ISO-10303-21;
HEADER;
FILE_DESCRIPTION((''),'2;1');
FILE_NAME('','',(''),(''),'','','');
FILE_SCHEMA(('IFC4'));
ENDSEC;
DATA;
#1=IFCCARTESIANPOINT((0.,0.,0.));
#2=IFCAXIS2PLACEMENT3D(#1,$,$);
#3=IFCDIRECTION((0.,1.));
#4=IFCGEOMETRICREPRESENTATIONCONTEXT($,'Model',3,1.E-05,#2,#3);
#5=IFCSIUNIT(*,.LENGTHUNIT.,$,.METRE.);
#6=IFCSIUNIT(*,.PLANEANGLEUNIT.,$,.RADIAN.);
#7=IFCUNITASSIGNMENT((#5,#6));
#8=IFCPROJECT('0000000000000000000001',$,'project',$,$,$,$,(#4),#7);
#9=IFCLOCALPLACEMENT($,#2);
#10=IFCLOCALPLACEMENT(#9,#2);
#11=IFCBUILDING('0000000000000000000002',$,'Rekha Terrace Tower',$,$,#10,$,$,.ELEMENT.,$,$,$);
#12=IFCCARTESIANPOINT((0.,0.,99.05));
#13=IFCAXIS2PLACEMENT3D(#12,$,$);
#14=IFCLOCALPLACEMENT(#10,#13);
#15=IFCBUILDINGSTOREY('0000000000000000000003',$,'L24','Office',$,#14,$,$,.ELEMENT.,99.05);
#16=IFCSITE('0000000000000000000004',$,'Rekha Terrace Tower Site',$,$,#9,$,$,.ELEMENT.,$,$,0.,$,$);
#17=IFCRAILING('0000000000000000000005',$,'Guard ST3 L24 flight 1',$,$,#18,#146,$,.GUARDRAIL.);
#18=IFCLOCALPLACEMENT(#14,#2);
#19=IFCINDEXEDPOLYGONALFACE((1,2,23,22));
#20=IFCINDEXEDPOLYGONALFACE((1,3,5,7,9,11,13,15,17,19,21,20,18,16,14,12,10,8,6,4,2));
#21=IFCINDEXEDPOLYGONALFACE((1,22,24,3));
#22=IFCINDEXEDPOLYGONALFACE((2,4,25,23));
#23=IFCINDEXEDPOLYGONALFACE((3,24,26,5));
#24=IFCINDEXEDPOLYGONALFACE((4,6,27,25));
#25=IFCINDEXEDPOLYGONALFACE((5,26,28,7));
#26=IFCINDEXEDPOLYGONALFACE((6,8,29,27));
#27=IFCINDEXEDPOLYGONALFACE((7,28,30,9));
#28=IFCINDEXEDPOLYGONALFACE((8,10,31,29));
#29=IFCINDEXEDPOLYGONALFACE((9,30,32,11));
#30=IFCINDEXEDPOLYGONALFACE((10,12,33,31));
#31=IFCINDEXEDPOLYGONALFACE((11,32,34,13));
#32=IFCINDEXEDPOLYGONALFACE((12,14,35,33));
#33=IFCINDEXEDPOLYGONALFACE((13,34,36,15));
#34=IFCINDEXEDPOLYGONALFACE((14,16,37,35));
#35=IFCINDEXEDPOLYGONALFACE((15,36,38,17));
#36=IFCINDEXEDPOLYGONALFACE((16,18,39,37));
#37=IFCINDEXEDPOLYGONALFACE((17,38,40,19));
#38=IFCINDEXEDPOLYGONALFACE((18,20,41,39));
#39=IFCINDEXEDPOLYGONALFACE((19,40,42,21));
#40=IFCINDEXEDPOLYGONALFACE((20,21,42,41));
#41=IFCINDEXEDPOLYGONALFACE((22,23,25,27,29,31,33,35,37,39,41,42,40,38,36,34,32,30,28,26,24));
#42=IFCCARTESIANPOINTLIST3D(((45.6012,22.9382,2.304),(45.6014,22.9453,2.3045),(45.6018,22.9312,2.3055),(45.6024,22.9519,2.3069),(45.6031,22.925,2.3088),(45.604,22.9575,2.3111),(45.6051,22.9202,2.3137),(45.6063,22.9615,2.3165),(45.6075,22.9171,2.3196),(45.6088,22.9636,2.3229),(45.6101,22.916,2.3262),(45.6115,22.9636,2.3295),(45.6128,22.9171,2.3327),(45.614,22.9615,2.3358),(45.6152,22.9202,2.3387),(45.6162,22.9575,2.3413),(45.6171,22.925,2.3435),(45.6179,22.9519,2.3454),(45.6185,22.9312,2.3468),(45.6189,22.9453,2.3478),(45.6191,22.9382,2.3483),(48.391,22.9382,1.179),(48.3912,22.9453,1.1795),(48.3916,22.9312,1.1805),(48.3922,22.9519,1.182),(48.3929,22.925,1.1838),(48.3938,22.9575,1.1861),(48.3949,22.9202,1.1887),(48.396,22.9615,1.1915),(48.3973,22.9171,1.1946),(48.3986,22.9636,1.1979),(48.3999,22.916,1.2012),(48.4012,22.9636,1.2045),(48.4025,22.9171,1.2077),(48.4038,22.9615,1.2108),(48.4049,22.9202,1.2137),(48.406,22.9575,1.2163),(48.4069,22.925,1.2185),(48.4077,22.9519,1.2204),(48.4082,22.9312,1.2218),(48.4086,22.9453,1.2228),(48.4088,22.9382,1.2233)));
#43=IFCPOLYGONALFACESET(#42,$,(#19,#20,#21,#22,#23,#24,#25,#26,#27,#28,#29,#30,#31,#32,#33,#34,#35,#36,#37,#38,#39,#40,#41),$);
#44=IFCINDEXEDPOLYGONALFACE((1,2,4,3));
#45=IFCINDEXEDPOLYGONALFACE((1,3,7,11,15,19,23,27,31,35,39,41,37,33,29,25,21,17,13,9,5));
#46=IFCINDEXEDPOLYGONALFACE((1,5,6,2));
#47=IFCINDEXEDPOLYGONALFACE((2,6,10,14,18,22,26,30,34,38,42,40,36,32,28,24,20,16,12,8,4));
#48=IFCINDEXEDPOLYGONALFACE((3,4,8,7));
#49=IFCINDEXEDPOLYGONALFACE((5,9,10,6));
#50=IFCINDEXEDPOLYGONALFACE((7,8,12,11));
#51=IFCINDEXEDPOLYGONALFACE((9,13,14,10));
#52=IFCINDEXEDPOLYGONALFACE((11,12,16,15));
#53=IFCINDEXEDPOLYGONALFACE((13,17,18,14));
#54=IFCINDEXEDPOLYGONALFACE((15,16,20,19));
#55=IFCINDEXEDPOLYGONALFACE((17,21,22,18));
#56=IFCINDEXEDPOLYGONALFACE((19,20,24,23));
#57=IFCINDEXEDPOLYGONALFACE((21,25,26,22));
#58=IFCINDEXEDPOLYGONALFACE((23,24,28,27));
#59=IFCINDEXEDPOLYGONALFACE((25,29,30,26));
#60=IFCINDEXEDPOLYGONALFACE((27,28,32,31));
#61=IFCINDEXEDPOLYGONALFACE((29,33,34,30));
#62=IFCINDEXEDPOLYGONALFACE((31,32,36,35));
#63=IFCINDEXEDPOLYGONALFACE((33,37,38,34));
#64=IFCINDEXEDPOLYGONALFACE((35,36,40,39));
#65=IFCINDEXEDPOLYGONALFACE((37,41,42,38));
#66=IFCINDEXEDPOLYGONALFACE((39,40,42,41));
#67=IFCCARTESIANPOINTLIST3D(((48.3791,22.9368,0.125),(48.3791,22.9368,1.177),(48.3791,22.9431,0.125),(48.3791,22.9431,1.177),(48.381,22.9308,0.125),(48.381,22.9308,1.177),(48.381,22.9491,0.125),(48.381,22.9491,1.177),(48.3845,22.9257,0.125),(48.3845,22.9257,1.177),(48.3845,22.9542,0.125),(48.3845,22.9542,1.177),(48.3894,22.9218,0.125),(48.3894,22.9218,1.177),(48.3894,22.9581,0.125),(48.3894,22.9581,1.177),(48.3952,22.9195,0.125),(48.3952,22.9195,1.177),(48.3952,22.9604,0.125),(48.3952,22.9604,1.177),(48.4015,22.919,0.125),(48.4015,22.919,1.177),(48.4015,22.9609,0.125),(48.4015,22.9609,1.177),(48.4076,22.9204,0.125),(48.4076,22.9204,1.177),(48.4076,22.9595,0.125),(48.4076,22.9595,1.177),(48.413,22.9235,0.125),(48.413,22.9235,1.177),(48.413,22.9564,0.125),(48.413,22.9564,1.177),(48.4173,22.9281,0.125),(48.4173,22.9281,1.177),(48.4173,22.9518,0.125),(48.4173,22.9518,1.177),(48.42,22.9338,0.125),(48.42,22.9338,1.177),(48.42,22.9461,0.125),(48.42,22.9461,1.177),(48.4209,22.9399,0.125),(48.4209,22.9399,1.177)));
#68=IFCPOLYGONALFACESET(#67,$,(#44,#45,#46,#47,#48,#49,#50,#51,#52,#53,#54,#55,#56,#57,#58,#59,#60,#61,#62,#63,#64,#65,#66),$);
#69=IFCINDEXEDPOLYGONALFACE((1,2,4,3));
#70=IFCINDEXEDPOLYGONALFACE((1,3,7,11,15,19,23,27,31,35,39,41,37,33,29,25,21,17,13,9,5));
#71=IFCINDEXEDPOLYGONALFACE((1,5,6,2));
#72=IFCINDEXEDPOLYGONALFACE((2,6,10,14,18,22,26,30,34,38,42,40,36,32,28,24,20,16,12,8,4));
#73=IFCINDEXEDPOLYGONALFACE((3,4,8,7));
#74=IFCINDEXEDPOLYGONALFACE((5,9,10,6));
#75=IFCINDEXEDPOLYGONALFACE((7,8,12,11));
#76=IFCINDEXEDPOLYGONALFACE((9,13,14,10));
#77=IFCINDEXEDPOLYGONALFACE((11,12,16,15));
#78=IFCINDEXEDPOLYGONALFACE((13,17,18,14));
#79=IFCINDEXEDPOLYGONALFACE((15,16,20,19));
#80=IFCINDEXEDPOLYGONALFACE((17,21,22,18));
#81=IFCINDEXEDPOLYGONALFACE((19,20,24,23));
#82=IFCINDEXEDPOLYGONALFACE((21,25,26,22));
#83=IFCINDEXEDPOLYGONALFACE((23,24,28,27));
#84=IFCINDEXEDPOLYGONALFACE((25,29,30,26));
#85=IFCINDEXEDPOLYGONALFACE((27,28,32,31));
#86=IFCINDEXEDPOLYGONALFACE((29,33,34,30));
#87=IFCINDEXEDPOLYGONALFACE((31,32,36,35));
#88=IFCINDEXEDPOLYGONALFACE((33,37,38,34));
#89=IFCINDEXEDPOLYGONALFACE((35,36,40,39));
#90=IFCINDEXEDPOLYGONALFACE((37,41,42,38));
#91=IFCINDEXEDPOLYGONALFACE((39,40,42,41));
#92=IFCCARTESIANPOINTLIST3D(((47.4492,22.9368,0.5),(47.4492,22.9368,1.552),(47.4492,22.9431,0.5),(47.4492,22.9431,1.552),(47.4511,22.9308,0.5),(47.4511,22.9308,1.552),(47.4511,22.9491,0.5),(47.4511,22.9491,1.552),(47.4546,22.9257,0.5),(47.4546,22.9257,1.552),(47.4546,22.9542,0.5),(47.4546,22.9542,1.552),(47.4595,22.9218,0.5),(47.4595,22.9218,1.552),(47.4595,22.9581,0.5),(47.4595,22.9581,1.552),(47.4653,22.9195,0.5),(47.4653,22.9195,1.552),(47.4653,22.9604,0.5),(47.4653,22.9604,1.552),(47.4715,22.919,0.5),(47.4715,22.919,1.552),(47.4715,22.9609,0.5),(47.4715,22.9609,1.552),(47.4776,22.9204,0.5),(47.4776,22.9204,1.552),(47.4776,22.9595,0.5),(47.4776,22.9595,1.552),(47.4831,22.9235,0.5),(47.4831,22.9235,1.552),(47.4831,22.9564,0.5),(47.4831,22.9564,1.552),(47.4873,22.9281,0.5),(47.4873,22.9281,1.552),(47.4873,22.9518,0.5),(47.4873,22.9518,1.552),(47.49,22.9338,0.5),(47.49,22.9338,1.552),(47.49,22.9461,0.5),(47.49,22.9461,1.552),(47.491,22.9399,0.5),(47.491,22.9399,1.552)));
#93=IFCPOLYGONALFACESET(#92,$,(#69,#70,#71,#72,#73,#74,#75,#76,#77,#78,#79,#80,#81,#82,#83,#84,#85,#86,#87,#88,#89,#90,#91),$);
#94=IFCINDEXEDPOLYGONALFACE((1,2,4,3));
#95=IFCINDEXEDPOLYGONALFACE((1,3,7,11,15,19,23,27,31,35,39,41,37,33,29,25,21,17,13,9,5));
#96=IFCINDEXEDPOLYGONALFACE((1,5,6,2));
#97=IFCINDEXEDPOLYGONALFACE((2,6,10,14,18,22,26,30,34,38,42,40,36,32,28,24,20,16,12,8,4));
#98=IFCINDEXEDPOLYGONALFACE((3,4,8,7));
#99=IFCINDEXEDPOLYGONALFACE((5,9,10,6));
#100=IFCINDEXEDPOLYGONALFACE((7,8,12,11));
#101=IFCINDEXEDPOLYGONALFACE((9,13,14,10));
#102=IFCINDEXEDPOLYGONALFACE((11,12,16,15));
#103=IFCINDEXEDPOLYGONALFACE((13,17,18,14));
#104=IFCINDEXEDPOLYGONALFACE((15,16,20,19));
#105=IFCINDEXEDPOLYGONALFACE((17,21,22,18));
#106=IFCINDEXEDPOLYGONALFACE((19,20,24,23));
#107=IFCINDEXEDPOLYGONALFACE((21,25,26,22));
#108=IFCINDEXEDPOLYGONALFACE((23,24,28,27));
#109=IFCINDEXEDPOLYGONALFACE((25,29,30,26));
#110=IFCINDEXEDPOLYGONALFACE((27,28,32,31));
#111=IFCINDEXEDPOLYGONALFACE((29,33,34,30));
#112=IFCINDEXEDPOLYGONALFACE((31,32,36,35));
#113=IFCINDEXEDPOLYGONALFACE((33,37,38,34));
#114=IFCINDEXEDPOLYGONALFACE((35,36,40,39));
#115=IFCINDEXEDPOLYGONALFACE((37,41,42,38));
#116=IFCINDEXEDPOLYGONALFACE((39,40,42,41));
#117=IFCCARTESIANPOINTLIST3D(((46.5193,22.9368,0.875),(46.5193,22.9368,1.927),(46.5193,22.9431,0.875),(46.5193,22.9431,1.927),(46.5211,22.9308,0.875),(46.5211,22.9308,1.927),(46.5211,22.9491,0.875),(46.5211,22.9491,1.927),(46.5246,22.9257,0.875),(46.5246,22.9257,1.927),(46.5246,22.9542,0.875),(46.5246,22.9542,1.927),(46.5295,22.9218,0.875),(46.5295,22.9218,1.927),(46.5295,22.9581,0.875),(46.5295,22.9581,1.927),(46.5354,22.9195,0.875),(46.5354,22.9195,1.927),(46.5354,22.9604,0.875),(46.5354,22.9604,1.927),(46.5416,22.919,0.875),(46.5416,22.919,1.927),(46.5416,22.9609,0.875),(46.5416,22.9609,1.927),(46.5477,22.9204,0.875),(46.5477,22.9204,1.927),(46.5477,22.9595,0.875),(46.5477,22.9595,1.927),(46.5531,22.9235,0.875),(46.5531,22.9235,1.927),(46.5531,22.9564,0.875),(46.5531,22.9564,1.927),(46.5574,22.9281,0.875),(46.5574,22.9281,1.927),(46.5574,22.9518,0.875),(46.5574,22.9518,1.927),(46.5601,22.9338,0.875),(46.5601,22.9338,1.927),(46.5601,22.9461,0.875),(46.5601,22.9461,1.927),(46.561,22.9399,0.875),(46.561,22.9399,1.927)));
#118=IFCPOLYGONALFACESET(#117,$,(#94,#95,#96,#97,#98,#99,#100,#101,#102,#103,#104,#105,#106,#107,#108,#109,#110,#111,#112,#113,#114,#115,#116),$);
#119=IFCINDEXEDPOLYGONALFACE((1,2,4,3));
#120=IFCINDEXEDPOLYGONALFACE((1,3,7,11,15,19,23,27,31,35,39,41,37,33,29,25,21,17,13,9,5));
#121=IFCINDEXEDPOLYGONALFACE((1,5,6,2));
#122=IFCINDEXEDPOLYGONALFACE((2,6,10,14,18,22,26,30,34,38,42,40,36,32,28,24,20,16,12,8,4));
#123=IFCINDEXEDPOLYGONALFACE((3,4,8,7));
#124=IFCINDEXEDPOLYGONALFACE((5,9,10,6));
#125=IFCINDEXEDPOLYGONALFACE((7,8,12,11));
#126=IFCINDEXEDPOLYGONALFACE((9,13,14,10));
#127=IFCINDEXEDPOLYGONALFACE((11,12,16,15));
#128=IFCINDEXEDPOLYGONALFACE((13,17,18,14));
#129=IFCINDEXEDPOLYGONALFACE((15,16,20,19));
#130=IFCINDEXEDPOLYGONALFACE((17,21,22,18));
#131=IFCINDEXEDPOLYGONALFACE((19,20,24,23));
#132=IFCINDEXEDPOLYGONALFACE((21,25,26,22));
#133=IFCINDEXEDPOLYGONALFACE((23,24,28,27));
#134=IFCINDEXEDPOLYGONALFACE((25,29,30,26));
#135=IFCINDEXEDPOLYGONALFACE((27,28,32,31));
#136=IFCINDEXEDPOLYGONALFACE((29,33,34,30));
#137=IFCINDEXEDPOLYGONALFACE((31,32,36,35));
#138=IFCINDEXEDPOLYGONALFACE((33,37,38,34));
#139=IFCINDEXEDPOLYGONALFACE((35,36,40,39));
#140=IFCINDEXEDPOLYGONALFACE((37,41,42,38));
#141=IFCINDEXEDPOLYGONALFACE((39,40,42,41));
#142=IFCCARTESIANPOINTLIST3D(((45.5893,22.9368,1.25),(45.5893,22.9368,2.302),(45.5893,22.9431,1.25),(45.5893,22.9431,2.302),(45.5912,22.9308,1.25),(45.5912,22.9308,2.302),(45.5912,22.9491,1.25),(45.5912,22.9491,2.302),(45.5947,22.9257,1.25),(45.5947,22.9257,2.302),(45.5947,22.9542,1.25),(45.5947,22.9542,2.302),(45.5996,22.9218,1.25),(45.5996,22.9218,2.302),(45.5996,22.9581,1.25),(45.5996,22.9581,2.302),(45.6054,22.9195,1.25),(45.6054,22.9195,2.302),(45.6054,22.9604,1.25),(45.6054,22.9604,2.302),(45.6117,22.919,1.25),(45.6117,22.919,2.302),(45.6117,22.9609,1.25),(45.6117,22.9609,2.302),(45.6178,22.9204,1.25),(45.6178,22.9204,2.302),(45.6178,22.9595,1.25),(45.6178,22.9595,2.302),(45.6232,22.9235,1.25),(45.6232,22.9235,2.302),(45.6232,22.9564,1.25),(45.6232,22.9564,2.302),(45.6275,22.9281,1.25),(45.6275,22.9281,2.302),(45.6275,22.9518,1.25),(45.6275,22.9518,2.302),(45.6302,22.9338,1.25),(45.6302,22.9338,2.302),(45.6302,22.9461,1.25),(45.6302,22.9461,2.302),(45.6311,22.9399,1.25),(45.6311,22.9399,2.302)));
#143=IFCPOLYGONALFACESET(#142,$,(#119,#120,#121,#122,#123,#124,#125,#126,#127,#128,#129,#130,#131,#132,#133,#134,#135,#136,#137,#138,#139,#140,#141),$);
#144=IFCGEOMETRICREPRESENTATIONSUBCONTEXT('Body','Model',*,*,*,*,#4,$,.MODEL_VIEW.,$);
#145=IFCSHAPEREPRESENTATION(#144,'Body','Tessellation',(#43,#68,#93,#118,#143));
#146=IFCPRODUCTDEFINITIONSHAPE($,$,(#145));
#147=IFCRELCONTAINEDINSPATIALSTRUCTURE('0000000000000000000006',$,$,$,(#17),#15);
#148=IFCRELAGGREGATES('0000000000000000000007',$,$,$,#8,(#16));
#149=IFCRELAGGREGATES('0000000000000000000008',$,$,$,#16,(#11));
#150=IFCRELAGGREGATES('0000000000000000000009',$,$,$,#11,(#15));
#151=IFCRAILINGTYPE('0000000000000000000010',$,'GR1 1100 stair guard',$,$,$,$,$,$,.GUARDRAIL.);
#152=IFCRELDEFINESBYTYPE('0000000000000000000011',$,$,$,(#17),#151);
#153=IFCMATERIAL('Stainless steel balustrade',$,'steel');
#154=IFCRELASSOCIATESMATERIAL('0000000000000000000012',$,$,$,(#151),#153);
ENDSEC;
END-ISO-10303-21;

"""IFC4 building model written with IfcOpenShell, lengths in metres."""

from ifc_helpers import new_model, si_unit, direction, frame, origin, origin_2d, place, context, subcontext, project, spatial, circle, extrude, material, type_object, element, save


model = new_model("IFC4")

# Units and contexts
model_context = context("Model", 3, precision=1e-05, world=origin(), true_north=direction((0.0, 1.0)))
body_context = subcontext(model_context, "Body", "Model", "MODEL_VIEW")
ifc_project = project(units=[si_unit("LENGTHUNIT", "METRE"), si_unit("PLANEANGLEUNIT", "RADIAN")], contexts=[model_context])

# Site, building, storey
site_placement = place(None, origin())
site = spatial("IfcSite", under=ifc_project, at=site_placement, Name="Rekha Terrace Tower Site", CompositionType="ELEMENT", RefElevation=0.0)
building_placement = place(site_placement, origin())
building = spatial("IfcBuilding", under=site, at=building_placement, Name="Rekha Terrace Tower", CompositionType="ELEMENT")
storey_placement = place(building_placement, frame((0.0, 0.0, 99.05)))
storey = spatial("IfcBuildingStorey", under=building, at=storey_placement, Name="L24", Description="Office", CompositionType="ELEMENT", Elevation=99.05)

# Railing
ifc_material_1 = material(Name="Stainless steel balustrade", Category="steel")
railing_type_1 = type_object("IfcRailingType", Name="GR1 1100 stair guard", PredefinedType="GUARDRAIL", material=ifc_material_1)
railing_1_placement = place(storey_placement, frame((48.3999, 22.9399, 0.125)))
element("IfcRailing", 1, at=railing_1_placement, inside=storey, type_object=railing_type_1, Name="Guard ST3 L24 flight 1", PredefinedType="GUARDRAIL", context=body_context, shape_type="SweptSolid", body=[
    extrude(circle(Radius=0.0239, at=origin_2d()), frame((0.0, 0.0, 1.0762), z_axis=(-0.927432, 0.0, 0.373992), x_axis=(0.0, -1.0, 0.0)), (0.0, 0.0, 1.0), 3.0081),
    extrude(circle(Radius=0.021, at=origin_2d()), origin(), (0.0, 0.0, 1.0), 1.052),
    extrude(circle(Radius=0.021, at=origin_2d()), frame((-0.9299, 0.0, 0.375)), (0.0, 0.0, 1.0), 1.052),
    extrude(circle(Radius=0.021, at=origin_2d()), frame((-1.8599, 0.0, 0.75)), (0.0, 0.0, 1.0), 1.052),
    extrude(circle(Radius=0.021, at=origin_2d()), frame((-2.7898, 0.0, 1.125)), (0.0, 0.0, 1.0), 1.052),
])

save(model, "model.ifc")
